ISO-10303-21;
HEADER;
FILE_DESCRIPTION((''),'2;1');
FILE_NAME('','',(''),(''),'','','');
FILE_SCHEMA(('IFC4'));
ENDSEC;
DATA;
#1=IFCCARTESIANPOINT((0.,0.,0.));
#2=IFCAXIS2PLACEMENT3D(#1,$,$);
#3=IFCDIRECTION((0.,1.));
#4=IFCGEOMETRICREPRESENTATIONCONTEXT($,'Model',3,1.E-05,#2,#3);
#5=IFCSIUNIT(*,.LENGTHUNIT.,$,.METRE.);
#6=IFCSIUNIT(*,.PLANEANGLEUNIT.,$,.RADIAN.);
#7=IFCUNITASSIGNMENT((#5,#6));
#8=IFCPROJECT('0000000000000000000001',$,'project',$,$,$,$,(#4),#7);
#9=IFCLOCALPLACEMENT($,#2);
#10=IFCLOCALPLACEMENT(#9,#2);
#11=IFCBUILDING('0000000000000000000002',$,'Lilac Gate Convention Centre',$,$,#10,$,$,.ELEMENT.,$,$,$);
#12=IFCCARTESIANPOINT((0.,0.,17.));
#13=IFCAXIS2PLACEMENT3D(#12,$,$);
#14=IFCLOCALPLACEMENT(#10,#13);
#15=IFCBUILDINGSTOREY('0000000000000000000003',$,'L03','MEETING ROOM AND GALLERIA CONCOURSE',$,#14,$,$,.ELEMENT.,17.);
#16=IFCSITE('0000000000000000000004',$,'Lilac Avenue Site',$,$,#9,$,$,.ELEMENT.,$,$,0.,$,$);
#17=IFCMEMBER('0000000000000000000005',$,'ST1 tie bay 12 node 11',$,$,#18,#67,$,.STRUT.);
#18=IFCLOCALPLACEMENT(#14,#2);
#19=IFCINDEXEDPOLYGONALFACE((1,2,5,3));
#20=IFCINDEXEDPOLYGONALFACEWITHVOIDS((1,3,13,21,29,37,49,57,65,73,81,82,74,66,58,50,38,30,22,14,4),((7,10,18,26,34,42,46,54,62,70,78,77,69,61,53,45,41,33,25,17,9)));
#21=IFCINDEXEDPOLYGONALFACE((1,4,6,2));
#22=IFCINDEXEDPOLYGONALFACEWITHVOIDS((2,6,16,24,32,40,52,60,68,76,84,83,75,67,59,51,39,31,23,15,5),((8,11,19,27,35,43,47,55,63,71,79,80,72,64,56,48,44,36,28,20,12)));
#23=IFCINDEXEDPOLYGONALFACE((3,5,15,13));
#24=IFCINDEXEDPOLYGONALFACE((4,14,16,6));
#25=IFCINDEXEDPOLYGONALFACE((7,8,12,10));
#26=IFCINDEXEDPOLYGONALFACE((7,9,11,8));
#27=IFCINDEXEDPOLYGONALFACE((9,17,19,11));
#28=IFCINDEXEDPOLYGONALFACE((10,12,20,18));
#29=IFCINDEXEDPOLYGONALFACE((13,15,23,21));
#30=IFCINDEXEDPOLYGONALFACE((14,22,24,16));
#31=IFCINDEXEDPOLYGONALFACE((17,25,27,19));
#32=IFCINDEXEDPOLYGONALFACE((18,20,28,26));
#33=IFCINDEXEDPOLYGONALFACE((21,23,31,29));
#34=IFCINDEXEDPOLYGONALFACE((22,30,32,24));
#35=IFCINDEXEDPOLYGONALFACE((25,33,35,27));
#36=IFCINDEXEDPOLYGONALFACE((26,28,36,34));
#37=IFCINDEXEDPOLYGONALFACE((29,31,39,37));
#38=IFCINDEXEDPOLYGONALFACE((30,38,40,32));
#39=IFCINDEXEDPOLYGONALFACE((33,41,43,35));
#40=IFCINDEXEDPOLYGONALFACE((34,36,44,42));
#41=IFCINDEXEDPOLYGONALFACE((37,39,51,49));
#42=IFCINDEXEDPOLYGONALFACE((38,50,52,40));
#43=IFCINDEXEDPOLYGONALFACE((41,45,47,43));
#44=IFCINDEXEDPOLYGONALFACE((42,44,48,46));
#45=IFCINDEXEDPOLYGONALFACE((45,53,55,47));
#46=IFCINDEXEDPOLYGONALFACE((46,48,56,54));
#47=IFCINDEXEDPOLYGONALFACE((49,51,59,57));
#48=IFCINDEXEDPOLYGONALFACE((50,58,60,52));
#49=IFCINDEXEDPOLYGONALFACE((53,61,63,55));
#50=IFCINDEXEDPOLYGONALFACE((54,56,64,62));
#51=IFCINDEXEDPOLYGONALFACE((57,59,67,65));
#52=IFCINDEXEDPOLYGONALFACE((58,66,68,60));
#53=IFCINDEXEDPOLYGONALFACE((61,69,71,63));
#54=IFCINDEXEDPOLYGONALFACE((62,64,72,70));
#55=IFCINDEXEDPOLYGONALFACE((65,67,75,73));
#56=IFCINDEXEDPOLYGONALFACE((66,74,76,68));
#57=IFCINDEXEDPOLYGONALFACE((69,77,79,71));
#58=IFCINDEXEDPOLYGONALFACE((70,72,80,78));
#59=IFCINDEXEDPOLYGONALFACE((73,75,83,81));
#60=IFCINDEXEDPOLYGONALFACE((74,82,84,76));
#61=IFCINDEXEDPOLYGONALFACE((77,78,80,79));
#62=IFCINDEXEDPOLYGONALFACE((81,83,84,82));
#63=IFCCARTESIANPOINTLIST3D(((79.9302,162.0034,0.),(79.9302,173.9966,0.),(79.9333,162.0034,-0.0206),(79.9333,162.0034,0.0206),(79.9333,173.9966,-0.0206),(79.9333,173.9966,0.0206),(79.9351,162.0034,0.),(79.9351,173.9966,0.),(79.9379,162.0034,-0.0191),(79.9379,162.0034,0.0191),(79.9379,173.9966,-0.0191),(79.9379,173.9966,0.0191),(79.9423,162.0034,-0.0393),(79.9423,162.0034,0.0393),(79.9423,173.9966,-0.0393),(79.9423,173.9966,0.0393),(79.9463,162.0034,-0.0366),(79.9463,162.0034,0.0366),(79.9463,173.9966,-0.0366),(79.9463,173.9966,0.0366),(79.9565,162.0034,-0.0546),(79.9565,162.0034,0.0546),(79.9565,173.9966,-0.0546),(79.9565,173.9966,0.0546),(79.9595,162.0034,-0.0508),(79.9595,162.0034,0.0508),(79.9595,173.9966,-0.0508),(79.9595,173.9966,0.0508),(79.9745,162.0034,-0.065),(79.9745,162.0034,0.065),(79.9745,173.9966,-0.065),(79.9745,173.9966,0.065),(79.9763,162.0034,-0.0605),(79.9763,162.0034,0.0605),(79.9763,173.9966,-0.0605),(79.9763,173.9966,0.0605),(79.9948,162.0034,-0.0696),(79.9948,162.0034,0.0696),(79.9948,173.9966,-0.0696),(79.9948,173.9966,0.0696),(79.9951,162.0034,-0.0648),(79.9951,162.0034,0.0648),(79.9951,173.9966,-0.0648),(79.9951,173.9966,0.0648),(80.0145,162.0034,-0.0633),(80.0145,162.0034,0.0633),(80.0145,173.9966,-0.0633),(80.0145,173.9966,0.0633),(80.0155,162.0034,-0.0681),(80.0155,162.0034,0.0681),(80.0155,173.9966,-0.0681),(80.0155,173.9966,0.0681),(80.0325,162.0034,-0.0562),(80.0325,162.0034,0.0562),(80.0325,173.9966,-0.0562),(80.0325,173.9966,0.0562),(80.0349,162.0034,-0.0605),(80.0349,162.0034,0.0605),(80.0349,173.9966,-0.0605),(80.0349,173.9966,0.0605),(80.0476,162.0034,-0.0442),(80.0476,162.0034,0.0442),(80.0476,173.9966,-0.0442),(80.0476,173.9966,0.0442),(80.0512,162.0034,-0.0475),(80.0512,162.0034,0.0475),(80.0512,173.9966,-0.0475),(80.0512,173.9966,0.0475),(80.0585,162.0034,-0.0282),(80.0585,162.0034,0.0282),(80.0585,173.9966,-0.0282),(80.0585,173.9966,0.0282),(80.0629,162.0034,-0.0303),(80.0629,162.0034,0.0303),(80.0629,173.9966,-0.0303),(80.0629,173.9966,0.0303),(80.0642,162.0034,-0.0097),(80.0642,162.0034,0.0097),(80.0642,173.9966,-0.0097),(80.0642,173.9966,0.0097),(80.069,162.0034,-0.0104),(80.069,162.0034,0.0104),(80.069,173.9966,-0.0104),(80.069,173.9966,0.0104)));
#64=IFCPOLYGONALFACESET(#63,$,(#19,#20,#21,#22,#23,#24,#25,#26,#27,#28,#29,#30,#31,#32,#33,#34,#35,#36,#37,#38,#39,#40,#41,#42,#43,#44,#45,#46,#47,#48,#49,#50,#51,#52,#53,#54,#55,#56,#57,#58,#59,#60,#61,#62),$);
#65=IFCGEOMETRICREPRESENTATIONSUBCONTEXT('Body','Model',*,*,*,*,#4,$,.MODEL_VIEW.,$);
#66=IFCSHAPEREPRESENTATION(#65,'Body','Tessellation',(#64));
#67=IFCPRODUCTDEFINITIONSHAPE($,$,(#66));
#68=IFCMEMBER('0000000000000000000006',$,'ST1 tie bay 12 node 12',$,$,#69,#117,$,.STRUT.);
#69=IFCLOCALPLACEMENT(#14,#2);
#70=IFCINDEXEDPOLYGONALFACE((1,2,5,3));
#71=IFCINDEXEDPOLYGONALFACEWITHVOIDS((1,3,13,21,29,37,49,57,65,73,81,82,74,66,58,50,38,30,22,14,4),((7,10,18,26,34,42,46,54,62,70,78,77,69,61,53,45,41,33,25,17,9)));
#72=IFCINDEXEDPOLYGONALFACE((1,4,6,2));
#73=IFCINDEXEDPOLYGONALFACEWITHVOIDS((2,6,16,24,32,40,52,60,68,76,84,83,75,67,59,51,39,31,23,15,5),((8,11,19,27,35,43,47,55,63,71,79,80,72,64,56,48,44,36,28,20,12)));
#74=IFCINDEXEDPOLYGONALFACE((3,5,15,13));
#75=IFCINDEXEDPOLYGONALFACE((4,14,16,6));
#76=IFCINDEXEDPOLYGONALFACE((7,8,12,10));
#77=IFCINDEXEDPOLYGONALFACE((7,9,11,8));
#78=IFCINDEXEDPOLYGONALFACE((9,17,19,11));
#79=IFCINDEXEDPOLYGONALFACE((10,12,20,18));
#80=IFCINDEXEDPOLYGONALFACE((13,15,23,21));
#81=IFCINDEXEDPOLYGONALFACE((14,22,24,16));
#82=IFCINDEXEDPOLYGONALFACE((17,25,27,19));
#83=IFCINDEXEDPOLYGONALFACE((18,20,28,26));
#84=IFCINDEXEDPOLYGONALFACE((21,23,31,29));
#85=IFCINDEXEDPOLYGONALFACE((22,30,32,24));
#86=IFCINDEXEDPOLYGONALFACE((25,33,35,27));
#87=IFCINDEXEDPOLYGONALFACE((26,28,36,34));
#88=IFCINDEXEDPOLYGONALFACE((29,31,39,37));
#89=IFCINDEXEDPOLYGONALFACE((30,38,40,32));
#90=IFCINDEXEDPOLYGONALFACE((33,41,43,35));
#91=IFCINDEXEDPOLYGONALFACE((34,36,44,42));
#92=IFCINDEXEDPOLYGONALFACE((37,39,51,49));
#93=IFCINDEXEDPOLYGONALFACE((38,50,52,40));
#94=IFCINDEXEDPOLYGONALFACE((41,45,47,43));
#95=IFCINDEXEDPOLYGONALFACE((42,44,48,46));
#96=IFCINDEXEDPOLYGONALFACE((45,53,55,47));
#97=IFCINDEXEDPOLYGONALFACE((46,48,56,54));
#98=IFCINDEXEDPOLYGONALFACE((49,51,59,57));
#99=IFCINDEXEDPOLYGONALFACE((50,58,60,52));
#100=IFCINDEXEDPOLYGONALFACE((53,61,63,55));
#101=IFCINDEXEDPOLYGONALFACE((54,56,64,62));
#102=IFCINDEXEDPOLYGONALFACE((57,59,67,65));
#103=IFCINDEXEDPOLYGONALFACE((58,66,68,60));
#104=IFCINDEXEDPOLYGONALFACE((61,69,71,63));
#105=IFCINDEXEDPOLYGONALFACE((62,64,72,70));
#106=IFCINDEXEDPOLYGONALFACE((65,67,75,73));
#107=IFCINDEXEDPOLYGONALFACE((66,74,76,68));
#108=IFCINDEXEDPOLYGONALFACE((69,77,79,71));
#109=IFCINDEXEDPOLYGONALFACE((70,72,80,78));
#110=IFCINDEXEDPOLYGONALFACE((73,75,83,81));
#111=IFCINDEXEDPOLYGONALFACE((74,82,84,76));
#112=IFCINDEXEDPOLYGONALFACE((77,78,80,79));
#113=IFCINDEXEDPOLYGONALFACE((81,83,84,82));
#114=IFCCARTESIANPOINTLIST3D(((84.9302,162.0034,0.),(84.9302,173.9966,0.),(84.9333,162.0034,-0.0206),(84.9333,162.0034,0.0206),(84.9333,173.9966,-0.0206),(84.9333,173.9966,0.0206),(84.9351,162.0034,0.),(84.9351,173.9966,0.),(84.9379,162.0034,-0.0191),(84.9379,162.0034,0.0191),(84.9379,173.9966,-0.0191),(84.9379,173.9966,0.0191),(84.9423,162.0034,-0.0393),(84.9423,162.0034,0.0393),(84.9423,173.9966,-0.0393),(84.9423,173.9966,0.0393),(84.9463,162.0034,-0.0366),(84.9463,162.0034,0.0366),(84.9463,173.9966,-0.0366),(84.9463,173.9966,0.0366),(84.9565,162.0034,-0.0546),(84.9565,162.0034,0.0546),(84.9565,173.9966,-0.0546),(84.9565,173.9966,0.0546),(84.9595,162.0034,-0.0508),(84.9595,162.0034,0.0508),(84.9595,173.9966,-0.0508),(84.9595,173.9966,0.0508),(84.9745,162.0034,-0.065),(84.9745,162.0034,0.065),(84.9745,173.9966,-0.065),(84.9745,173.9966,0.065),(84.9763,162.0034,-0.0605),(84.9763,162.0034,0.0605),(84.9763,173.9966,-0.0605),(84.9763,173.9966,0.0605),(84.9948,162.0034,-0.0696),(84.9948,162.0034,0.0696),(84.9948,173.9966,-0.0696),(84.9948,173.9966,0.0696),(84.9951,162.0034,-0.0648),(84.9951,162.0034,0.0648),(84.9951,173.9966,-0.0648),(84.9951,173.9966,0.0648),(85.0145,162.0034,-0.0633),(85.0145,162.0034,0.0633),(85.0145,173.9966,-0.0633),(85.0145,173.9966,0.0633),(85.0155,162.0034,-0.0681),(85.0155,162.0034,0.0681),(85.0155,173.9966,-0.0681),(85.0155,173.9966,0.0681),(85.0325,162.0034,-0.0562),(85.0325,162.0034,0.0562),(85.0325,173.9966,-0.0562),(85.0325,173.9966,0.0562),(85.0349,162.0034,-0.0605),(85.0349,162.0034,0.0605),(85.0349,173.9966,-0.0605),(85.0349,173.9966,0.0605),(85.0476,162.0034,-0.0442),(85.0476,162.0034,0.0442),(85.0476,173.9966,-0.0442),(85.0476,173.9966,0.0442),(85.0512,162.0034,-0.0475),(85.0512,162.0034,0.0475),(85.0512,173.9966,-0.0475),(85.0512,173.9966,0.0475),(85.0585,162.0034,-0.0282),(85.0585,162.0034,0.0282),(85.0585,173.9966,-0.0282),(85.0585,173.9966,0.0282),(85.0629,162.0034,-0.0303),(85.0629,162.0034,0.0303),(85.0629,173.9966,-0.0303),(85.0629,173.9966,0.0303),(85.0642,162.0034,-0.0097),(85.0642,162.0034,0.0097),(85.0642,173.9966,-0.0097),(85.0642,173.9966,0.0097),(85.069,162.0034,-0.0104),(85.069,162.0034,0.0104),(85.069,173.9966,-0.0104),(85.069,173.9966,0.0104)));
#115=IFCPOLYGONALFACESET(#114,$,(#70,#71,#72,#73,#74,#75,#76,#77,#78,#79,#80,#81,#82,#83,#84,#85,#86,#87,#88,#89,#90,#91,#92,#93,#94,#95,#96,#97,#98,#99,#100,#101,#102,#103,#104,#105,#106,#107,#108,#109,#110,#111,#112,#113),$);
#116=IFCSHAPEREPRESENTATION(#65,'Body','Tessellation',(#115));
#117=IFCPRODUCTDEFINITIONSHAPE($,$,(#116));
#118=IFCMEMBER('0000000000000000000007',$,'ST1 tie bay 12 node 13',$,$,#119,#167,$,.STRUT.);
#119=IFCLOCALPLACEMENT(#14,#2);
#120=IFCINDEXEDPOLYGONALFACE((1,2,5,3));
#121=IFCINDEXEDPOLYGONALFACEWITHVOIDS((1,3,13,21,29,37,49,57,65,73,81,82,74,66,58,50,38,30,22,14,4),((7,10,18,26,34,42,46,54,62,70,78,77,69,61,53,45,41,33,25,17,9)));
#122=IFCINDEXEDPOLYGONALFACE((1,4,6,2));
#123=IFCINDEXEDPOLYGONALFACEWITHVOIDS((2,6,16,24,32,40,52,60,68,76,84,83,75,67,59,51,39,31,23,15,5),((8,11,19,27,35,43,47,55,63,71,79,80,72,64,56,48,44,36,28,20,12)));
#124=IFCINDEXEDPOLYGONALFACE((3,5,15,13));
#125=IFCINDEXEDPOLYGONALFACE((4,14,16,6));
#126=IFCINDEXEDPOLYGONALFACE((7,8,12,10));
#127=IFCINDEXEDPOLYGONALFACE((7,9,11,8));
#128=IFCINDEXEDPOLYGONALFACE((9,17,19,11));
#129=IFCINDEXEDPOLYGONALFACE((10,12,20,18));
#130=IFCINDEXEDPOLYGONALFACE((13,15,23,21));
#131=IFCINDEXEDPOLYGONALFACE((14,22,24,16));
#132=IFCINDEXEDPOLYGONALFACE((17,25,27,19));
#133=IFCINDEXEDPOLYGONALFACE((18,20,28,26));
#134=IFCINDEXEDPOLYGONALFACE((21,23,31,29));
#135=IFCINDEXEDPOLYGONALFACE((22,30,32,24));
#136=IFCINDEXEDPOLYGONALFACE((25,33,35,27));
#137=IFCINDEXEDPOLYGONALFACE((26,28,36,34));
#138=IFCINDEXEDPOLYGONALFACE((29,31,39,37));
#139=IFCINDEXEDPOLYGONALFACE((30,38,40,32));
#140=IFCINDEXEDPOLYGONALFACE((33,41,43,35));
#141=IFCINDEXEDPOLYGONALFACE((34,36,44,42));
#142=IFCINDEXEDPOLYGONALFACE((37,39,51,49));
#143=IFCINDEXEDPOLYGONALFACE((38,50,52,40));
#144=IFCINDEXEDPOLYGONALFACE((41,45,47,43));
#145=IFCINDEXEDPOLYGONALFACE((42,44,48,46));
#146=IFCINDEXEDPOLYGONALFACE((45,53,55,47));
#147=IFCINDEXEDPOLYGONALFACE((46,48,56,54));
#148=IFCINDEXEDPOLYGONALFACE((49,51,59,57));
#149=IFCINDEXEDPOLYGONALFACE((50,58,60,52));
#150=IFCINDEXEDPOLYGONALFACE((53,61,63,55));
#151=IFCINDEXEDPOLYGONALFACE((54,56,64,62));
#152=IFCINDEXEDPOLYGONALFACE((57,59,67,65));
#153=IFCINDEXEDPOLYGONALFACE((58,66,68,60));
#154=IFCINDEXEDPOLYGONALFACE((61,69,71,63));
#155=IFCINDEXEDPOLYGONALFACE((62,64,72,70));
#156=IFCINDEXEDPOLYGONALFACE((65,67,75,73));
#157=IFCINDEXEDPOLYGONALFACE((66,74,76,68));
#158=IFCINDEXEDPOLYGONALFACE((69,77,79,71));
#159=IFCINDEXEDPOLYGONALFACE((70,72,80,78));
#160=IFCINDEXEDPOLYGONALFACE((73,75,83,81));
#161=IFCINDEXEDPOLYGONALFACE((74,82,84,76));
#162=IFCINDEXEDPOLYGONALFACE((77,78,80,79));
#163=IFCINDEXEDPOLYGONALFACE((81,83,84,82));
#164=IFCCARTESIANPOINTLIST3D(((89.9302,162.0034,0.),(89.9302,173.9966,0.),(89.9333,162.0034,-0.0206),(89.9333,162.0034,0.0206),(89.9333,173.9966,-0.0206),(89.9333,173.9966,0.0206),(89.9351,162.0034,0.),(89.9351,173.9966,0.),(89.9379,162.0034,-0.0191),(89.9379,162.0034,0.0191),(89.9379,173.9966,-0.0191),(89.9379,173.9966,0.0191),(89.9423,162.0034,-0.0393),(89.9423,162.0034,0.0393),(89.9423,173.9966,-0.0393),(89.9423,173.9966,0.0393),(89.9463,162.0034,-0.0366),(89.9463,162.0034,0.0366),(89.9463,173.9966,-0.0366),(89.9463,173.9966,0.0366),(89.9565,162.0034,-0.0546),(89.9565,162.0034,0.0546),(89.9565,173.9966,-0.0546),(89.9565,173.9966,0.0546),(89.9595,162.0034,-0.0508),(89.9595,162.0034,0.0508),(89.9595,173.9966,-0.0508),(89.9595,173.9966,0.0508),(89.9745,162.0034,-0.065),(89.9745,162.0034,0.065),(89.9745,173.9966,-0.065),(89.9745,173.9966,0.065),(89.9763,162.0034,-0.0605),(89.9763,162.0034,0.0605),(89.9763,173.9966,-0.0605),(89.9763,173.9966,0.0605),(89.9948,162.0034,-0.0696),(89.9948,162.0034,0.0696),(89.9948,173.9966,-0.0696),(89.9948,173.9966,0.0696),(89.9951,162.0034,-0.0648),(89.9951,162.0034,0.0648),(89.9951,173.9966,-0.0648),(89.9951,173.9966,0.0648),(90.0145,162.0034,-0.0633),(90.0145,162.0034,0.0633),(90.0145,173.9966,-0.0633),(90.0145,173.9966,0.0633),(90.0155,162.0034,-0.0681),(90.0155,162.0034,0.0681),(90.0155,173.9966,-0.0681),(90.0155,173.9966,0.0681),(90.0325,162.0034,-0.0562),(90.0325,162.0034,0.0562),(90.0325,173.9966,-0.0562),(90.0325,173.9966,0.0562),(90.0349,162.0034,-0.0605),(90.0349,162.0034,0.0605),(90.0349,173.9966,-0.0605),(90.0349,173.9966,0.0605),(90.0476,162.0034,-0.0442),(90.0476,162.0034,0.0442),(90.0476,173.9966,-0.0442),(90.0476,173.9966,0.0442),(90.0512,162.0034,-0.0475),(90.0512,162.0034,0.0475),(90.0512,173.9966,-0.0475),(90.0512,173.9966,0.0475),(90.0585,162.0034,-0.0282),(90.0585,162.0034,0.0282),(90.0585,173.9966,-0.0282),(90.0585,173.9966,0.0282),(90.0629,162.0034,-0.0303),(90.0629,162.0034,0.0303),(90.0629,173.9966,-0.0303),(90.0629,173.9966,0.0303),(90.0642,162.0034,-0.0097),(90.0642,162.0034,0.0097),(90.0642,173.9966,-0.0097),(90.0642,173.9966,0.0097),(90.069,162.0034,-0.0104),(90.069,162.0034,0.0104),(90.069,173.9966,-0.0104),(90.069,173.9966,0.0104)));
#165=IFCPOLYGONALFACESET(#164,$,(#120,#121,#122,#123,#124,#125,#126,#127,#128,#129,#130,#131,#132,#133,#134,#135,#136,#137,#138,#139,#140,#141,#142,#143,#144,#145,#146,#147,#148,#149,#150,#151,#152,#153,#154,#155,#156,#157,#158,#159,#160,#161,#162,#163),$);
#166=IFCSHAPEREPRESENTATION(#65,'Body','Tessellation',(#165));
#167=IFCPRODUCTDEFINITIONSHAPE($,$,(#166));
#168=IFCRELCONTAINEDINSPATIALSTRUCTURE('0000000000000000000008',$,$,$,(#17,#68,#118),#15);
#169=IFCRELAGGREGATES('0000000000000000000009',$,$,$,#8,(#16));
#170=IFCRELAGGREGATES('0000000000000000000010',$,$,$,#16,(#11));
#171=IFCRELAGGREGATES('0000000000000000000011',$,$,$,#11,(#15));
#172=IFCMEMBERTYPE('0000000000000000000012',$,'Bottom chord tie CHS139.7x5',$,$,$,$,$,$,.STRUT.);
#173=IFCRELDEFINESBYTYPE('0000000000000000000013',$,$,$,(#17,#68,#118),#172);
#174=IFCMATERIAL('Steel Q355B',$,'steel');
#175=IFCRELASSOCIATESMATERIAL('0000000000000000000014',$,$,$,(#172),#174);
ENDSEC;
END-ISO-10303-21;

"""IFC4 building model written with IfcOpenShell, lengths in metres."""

from ifc_helpers import new_model, si_unit, direction, frame, origin, origin_2d, place, context, subcontext, project, spatial, hollow_circle, extrude, material, material_profile, profile_set, type_object, element, save


model = new_model("IFC4")

# Units and contexts
model_context = context("Model", 3, precision=1e-05, world=origin(), true_north=direction((0.0, 1.0)))
body_context = subcontext(model_context, "Body", "Model", "MODEL_VIEW")
ifc_project = project(units=[si_unit("LENGTHUNIT", "METRE"), si_unit("PLANEANGLEUNIT", "RADIAN")], contexts=[model_context])

# Site, building, storey
site_placement = place(None, origin())
site = spatial("IfcSite", under=ifc_project, at=site_placement, Name="Lilac Avenue Site", CompositionType="ELEMENT", RefElevation=0.0)
building_placement = place(site_placement, origin())
building = spatial("IfcBuilding", under=site, at=building_placement, Name="Lilac Gate Convention Centre", CompositionType="ELEMENT")
storey_placement = place(building_placement, frame((0.0, 0.0, 17.0)))
storey = spatial("IfcBuildingStorey", under=building, at=storey_placement, Name="L03", Description="MEETING ROOM AND GALLERIA CONCOURSE", CompositionType="ELEMENT", Elevation=17.0)

# Members
ifc_material_1 = material(Name="Steel Q355B", Category="steel")
ifc_material_profile_1 = material_profile(ifc_material_1, hollow_circle(Radius=0.0698, WallThickness=0.0049, at=origin_2d()), Name="CHS139.7x5")
ifc_profile_set_1 = profile_set([ifc_material_profile_1], Name="Steel Q355B")
member_type_1 = type_object("IfcMemberType", Name="Bottom chord tie CHS139.7x5", PredefinedType="STRUT", material=ifc_profile_set_1)
for number, where, z_axis, x_axis, name in (
    (1, (80.0, 162.0034, 0.0), (0.0, 1.0, 0.0), (-1.0, 0.0, 0.0), "ST1 tie bay 12 node 11"),
    (2, (85.0, 162.0034, 0.0), (0.0, 1.0, 0.0), (-1.0, 0.0, 0.0), "ST1 tie bay 12 node 12"),
    (3, (90.0, 162.0034, 0.0), (0.0, 1.0, 0.0), (-1.0, 0.0, 0.0), "ST1 tie bay 12 node 13"),
):
    element("IfcMember", number, at=place(storey_placement, frame(where, z_axis=z_axis, x_axis=x_axis)), inside=storey, type_object=member_type_1, Name=name, PredefinedType="STRUT", context=body_context, shape_type="SweptSolid", body=[
        extrude(hollow_circle(Radius=0.0698, WallThickness=0.0049, at=origin_2d()), origin(), (0.0, 0.0, 1.0), 11.9932),
    ])

save(model, "model.ifc")
